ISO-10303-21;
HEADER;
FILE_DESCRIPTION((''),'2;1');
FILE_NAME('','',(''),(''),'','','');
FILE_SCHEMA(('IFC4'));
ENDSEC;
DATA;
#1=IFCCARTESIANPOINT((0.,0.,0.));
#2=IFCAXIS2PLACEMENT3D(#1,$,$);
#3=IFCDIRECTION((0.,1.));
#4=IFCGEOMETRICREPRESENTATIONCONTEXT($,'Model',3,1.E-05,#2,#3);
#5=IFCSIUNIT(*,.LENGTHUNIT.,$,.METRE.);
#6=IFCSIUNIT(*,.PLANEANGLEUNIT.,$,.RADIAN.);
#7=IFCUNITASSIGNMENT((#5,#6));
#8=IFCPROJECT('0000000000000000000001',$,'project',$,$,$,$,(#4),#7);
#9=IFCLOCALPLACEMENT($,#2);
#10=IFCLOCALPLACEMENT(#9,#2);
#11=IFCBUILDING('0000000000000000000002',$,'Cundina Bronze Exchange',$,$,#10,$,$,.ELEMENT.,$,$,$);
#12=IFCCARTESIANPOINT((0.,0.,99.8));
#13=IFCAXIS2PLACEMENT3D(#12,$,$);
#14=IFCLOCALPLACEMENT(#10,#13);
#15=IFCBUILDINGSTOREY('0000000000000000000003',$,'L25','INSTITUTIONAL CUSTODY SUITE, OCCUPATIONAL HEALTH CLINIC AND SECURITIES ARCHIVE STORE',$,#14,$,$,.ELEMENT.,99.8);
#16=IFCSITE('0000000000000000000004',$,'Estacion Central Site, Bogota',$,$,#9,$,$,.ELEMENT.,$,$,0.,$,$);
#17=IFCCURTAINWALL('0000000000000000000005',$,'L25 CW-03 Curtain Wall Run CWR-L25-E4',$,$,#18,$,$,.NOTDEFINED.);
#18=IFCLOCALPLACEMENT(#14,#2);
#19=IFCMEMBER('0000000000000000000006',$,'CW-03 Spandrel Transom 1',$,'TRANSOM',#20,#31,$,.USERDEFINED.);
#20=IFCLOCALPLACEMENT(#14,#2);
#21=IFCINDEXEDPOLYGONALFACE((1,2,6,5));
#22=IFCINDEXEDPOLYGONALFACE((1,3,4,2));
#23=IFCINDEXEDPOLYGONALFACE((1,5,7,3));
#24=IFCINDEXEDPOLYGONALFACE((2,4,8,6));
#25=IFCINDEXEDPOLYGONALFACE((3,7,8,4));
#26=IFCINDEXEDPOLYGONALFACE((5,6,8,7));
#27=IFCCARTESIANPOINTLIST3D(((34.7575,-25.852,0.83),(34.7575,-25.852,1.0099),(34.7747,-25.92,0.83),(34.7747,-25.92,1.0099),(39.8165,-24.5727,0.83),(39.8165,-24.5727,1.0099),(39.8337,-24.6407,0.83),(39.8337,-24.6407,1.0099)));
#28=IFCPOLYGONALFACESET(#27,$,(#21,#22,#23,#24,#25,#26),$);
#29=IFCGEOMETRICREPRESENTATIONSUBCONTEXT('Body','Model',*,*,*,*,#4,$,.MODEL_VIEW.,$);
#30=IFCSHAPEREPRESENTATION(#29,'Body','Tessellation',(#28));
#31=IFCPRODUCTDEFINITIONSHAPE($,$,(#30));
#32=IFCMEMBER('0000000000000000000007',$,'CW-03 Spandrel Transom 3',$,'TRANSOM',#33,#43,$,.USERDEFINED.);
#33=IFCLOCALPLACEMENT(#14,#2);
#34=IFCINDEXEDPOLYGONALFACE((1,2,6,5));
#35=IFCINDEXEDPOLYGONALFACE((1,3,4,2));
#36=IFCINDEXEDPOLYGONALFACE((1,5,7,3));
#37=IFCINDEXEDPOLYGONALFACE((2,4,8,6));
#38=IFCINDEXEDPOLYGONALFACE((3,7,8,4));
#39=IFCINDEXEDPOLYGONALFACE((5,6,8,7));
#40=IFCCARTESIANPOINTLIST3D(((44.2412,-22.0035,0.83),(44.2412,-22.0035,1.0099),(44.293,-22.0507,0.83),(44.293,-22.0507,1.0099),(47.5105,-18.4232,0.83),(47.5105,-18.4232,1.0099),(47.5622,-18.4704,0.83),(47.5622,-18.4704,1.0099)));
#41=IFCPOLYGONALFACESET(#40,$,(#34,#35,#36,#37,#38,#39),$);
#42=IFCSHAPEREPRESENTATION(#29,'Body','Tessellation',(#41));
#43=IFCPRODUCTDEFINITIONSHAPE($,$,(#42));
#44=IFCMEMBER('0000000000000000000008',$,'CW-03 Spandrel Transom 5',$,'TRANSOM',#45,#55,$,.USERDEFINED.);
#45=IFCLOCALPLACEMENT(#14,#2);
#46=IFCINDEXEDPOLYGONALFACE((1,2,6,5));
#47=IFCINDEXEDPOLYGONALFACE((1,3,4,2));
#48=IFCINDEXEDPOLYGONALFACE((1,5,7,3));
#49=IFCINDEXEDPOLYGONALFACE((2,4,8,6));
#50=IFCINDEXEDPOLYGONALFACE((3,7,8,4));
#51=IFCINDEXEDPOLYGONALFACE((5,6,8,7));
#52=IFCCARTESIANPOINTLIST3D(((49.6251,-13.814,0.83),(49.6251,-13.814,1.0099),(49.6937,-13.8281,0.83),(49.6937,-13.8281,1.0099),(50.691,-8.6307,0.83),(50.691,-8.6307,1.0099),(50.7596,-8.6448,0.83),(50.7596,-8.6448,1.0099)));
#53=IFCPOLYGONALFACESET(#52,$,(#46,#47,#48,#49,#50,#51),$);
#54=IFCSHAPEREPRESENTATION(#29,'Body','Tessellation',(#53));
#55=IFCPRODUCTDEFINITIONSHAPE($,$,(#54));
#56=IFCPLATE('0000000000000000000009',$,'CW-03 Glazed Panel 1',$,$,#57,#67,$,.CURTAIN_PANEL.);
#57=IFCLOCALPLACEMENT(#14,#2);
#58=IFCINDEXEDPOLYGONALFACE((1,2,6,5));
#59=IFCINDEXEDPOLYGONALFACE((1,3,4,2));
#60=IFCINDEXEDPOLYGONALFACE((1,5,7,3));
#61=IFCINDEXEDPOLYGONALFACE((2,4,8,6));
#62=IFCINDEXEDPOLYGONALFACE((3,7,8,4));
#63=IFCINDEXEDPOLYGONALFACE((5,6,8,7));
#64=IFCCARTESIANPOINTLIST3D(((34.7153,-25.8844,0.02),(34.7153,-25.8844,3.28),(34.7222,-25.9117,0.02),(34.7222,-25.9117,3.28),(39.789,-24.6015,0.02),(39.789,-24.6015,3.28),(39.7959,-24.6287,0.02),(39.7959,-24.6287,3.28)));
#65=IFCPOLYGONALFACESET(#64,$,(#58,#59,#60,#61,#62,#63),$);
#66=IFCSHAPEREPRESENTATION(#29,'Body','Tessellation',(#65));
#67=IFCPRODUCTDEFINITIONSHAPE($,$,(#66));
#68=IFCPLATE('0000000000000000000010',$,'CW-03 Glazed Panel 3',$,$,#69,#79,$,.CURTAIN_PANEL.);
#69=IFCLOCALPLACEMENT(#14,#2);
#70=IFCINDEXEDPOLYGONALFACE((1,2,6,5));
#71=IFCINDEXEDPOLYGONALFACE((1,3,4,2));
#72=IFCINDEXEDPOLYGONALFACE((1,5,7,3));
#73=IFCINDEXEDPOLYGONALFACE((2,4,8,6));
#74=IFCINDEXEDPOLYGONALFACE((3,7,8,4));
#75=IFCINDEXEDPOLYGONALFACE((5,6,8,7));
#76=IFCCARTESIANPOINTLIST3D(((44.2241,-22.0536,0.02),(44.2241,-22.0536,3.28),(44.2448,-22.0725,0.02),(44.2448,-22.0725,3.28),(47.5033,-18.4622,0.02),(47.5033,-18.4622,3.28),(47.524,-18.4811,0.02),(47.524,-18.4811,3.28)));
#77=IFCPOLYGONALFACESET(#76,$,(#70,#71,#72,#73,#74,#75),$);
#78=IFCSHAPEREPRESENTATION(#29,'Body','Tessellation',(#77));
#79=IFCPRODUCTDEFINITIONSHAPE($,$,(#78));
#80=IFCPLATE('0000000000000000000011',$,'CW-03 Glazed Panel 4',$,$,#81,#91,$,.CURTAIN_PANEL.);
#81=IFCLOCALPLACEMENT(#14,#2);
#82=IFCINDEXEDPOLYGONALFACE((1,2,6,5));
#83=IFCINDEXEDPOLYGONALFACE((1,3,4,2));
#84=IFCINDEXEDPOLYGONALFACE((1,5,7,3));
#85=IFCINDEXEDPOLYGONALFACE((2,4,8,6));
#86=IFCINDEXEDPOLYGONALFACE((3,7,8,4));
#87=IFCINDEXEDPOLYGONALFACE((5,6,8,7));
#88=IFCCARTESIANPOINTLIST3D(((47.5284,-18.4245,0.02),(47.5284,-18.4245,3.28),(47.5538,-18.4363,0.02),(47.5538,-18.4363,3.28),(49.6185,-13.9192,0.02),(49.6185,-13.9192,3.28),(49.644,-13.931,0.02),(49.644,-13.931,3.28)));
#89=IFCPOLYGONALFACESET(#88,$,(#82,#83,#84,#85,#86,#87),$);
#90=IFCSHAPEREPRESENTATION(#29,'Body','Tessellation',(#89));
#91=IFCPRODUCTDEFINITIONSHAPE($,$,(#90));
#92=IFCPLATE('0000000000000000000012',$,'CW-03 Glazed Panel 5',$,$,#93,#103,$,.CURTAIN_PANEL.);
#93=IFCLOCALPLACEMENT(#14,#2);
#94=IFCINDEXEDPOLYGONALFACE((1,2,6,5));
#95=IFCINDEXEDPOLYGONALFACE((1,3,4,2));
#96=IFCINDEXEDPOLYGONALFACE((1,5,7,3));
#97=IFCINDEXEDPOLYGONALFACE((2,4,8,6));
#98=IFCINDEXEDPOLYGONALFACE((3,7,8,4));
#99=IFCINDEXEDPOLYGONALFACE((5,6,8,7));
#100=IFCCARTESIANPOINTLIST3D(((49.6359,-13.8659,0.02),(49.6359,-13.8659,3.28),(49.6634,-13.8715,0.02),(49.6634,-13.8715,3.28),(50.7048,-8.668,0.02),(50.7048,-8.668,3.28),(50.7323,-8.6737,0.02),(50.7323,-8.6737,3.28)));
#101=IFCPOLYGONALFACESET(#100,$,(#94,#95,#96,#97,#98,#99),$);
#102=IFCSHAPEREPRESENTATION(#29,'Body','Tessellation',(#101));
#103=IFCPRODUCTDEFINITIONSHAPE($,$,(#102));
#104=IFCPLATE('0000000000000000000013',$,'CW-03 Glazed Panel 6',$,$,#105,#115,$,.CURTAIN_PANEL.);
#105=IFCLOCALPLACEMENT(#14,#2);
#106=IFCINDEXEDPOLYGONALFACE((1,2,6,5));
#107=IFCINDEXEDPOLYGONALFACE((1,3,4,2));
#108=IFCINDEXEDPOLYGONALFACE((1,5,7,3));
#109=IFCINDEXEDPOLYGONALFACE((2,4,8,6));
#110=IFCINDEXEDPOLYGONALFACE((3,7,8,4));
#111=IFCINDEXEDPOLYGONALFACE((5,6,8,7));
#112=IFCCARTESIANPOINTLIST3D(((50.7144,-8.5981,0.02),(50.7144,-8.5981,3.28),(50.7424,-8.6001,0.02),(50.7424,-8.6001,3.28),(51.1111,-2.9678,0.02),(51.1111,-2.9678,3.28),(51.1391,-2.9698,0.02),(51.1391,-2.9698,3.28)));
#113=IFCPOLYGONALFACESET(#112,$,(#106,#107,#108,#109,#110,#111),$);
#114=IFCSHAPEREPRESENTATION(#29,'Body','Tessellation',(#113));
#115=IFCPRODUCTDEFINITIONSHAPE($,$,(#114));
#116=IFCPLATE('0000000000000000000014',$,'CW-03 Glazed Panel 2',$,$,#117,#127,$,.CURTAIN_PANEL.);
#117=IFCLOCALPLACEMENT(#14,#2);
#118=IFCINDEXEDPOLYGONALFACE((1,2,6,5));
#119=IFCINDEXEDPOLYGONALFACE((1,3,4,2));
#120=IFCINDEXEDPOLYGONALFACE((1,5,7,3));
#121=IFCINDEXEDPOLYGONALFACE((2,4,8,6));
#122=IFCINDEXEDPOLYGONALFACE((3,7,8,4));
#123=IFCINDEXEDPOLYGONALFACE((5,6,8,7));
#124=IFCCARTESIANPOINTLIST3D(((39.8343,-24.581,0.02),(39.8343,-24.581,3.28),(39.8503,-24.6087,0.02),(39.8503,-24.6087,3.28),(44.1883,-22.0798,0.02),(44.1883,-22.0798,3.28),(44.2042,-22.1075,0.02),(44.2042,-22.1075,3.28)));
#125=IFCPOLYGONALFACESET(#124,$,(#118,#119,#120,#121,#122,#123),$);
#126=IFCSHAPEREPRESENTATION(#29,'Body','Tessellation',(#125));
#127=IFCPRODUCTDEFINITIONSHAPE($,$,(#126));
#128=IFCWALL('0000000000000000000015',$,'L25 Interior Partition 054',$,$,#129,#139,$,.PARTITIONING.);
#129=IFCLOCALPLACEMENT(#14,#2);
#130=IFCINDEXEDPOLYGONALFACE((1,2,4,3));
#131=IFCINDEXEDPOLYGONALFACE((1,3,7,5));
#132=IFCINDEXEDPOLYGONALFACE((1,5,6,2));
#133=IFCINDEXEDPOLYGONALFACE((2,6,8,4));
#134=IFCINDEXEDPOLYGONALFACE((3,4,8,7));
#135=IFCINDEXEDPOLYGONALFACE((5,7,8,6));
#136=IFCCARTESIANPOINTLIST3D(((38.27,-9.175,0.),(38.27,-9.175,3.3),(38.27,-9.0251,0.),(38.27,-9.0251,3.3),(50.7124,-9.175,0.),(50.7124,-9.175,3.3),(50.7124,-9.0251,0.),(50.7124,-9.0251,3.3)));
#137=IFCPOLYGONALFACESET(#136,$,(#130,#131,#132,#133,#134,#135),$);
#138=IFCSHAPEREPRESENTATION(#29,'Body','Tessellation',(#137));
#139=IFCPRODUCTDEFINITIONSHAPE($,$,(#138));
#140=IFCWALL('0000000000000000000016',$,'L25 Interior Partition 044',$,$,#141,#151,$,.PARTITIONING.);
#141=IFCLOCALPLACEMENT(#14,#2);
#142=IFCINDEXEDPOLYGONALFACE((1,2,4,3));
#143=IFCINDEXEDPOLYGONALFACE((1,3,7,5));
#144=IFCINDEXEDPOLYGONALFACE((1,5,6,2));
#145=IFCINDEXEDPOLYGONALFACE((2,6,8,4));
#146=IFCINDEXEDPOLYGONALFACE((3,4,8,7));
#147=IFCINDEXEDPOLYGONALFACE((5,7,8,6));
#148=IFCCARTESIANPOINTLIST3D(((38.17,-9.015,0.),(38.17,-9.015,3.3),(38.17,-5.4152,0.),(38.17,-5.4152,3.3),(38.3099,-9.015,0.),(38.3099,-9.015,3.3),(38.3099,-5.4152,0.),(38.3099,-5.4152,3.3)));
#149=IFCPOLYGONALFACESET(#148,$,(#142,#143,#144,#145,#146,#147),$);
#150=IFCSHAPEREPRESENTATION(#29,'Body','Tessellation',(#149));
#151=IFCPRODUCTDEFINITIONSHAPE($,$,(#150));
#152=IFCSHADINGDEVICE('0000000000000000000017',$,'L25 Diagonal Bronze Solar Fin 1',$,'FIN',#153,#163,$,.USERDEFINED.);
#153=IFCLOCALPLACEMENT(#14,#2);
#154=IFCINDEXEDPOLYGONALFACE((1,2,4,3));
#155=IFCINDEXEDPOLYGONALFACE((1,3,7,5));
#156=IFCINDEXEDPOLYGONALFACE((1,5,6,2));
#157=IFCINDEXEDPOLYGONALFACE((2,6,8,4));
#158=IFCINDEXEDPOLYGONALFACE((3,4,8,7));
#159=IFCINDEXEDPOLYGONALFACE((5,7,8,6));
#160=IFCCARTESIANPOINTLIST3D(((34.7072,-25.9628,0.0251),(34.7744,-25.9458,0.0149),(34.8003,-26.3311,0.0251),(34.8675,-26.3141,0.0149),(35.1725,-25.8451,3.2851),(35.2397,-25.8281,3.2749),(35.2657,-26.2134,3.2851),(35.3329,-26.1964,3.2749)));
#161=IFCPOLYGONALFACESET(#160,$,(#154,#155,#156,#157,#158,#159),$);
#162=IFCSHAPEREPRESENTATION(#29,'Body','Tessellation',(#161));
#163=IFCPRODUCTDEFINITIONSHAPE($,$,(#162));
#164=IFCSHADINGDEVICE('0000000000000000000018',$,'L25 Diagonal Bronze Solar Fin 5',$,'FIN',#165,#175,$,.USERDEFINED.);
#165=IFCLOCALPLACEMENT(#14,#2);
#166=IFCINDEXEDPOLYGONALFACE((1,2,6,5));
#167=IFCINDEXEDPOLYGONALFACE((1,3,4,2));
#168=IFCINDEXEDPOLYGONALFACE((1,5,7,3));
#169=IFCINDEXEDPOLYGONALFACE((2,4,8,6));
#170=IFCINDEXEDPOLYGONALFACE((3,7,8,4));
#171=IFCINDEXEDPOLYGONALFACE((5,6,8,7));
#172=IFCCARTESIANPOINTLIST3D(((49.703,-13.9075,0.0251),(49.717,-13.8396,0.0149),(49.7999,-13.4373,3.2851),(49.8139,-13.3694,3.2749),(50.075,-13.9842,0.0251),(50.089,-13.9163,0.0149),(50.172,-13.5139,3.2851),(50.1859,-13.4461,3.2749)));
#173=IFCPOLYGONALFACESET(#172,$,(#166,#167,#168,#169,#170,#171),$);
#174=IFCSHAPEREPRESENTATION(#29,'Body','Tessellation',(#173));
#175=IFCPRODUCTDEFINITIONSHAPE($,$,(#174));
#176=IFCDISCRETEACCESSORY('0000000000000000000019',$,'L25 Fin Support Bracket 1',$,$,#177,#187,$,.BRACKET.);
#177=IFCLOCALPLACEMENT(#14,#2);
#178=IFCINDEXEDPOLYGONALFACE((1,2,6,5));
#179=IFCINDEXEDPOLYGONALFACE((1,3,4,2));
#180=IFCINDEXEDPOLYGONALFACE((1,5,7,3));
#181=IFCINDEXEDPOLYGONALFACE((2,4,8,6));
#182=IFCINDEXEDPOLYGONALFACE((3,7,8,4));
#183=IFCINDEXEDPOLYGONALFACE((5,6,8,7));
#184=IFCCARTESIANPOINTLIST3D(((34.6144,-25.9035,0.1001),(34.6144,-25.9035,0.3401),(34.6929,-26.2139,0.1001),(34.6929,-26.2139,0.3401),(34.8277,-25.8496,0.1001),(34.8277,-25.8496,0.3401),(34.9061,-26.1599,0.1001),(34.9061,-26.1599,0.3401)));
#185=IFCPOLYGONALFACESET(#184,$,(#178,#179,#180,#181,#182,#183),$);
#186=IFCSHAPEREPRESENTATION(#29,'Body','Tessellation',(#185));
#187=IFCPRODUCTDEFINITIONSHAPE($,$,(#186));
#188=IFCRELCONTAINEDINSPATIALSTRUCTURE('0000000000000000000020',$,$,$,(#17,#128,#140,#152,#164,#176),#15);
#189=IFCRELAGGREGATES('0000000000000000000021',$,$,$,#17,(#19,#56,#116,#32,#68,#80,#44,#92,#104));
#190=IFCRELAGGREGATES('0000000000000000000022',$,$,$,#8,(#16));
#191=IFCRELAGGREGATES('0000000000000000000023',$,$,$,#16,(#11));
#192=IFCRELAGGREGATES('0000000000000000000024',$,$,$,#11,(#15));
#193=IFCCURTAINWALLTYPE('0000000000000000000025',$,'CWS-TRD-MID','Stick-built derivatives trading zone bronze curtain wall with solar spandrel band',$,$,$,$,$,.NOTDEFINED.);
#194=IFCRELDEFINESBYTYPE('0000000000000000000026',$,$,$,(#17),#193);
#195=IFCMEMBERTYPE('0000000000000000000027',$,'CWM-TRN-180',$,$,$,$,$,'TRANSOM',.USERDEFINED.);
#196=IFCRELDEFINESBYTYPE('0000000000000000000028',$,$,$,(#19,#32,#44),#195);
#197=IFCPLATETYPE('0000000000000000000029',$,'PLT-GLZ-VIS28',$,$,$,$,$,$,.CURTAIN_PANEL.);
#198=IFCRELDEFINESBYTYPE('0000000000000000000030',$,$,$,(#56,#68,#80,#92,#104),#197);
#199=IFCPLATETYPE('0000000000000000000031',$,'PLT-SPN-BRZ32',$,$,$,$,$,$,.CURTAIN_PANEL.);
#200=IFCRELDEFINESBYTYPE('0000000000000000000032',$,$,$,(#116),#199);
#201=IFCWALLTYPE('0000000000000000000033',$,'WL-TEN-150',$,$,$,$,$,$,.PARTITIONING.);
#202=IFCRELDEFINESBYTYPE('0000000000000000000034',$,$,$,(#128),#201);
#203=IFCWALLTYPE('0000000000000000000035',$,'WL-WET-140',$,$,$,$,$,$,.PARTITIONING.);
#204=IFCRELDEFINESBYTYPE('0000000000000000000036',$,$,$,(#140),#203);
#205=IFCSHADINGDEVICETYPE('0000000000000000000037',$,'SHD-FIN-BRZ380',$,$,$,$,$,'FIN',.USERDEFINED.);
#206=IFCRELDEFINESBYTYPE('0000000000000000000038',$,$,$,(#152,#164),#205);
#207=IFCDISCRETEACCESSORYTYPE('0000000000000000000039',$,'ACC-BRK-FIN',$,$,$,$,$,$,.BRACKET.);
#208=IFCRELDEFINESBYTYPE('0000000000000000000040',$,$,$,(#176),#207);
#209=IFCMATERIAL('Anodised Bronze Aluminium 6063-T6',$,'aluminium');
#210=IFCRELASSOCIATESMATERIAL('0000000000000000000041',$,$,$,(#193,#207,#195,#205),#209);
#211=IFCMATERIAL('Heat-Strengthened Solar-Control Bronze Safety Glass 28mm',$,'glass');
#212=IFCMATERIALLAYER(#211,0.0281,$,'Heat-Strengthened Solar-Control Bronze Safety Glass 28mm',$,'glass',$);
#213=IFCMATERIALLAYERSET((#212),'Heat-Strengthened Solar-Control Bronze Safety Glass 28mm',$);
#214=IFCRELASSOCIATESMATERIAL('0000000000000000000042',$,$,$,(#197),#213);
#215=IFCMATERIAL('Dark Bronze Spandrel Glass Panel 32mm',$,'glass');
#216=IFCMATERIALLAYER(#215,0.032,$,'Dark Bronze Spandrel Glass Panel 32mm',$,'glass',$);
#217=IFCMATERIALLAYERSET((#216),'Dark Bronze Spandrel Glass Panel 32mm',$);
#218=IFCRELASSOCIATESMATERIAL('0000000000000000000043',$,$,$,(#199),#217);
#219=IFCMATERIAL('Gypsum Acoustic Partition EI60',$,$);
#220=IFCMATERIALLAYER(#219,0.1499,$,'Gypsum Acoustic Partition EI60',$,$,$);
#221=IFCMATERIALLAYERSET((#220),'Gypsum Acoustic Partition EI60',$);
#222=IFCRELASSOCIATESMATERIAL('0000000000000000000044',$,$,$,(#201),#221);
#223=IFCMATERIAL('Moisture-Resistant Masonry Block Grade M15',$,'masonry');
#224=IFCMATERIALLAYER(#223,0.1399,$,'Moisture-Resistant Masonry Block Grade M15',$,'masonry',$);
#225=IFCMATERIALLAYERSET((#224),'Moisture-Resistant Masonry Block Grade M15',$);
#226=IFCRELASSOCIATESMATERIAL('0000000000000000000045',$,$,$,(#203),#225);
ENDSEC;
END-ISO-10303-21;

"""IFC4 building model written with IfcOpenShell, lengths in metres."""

from ifc_helpers import new_model, si_unit, direction, frame, frame_2d, origin, origin_2d, place, context, subcontext, project, spatial, rectangle, extrude, material, layer, layer_set, material_profile, profile_set, type_object, element, aggregate, save


model = new_model("IFC4")

# Units and contexts
model_context = context("Model", 3, precision=1e-05, world=origin(), true_north=direction((0.0, 1.0)))
body_context = subcontext(model_context, "Body", "Model", "MODEL_VIEW")
ifc_project = project(units=[si_unit("LENGTHUNIT", "METRE"), si_unit("PLANEANGLEUNIT", "RADIAN")], contexts=[model_context])

# Site, building, storey
site_placement = place(None, origin())
site = spatial("IfcSite", under=ifc_project, at=site_placement, Name="Estacion Central Site, Bogota", CompositionType="ELEMENT", RefElevation=0.0)
building_placement = place(site_placement, origin())
building = spatial("IfcBuilding", under=site, at=building_placement, Name="Cundina Bronze Exchange", CompositionType="ELEMENT")
storey_placement = place(building_placement, frame((0.0, 0.0, 99.8)))
storey = spatial("IfcBuildingStorey", under=building, at=storey_placement, Name="L25", Description="INSTITUTIONAL CUSTODY SUITE, OCCUPATIONAL HEALTH CLINIC AND SECURITIES ARCHIVE STORE", CompositionType="ELEMENT", Elevation=99.8)

# Shared definitions
ifc_material_1 = material(Name="Anodised Bronze Aluminium 6063-T6", Category="aluminium")
curtain_wall_type = type_object("IfcCurtainWallType", Name="CWS-TRD-MID", Description="Stick-built derivatives trading zone bronze curtain wall with solar spandrel band", PredefinedType="NOTDEFINED", material=ifc_material_1)

# Curtain wall, members, plates
curtain_wall_1_placement = place(storey_placement, origin())
curtain_wall_1 = element("IfcCurtainWall", 1, at=curtain_wall_1_placement, inside=storey, type_object=curtain_wall_type, Name="L25 CW-03 Curtain Wall Run CWR-L25-E4", PredefinedType="NOTDEFINED")
ifc_material_profile_1 = material_profile(ifc_material_1, rectangle(XDim=0.0701, YDim=0.1799, at=origin_2d()), Name="AL70X180", Category="aluminium")
ifc_profile_set_1 = profile_set([ifc_material_profile_1], Name="Anodised Bronze Aluminium 6063-T6")
member_type_1 = type_object("IfcMemberType", Name="CWM-TRN-180", ElementType="TRANSOM", PredefinedType="USERDEFINED", material=ifc_profile_set_1)
member_1_placement = place(storey_placement, frame((34.7661, -25.886, 0.9199), z_axis=(0.969484, 0.245155, 0.0), x_axis=(-0.245155, 0.969484, 0.0)))
member_1 = element("IfcMember", 2, at=member_1_placement, type_object=member_type_1, Name="CW-03 Spandrel Transom 1", ObjectType="TRANSOM", PredefinedType="USERDEFINED", context=body_context, shape_type="SweptSolid", body=[
    extrude(rectangle(XDim=0.0701, YDim=0.1799, at=origin_2d()), origin(), (0.0, 0.0, 1.0), 5.2183),
])
member_2_placement = place(storey_placement, frame((44.2671, -22.0271, 0.9199), z_axis=(0.674303, 0.738455, 0.0), x_axis=(-0.738455, 0.674303, 0.0)))
member_2 = element("IfcMember", 3, at=member_2_placement, type_object=member_type_1, Name="CW-03 Spandrel Transom 3", ObjectType="TRANSOM", PredefinedType="USERDEFINED", context=body_context, shape_type="SweptSolid", body=[
    extrude(rectangle(XDim=0.0701, YDim=0.1799, at=origin_2d()), origin(), (0.0, 0.0, 1.0), 4.8484),
])
member_3_placement = place(storey_placement, frame((49.6594, -13.821, 0.9199), z_axis=(0.201428, 0.979503, 0.0), x_axis=(-0.979503, 0.201428, 0.0)))
member_3 = element("IfcMember", 4, at=member_3_placement, type_object=member_type_1, Name="CW-03 Spandrel Transom 5", ObjectType="TRANSOM", PredefinedType="USERDEFINED", context=body_context, shape_type="SweptSolid", body=[
    extrude(rectangle(XDim=0.0701, YDim=0.1799, at=origin_2d()), origin(), (0.0, 0.0, 1.0), 5.2917),
])
ifc_material_2 = material(Name="Heat-Strengthened Solar-Control Bronze Safety Glass 28mm", Category="glass")
ifc_layer_1 = layer(ifc_material_2, 0.0281, Name="Heat-Strengthened Solar-Control Bronze Safety Glass 28mm", Category="glass")
ifc_layer_set_1 = layer_set([ifc_layer_1], Name="Heat-Strengthened Solar-Control Bronze Safety Glass 28mm")
plate_type_1 = type_object("IfcPlateType", Name="PLT-GLZ-VIS28", PredefinedType="CURTAIN_PANEL", material=ifc_layer_set_1)
plate_1_placement = place(storey_placement, frame((37.2556, -25.2566, 0.02), z_axis=(0.0, 0.0, 1.0), x_axis=(0.969488, 0.245138, 0.0)))
plate_1 = element("IfcPlate", 5, at=plate_1_placement, type_object=plate_type_1, Name="CW-03 Glazed Panel 1", PredefinedType="CURTAIN_PANEL", context=body_context, shape_type="SweptSolid", body=[
    extrude(rectangle(XDim=5.2334, YDim=0.0281, at=origin_2d()), origin(), (0.0, 0.0, 1.0), 3.26),
])
plate_2_placement = place(storey_placement, frame((45.874, -20.2673, 0.02), z_axis=(0.0, 0.0, 1.0), x_axis=(0.674277, 0.738479, 0.0)))
plate_2 = element("IfcPlate", 6, at=plate_2_placement, type_object=plate_type_1, Name="CW-03 Glazed Panel 3", PredefinedType="CURTAIN_PANEL", context=body_context, shape_type="SweptSolid", body=[
    extrude(rectangle(XDim=4.8633, YDim=0.0281, at=origin_2d()), origin(), (0.0, 0.0, 1.0), 3.26),
])
plate_3_placement = place(storey_placement, frame((48.5862, -16.1777, 0.02), z_axis=(0.0, 0.0, 1.0), x_axis=(0.420846, 0.907132, 0.0)))
plate_3 = element("IfcPlate", 7, at=plate_3_placement, type_object=plate_type_1, Name="CW-03 Glazed Panel 4", PredefinedType="CURTAIN_PANEL", context=body_context, shape_type="SweptSolid", body=[
    extrude(rectangle(XDim=4.9666, YDim=0.0281, at=origin_2d()), origin(), (0.0, 0.0, 1.0), 3.26),
])
plate_4_placement = place(storey_placement, frame((50.1841, -11.2698, 0.02), z_axis=(0.0, 0.0, 1.0), x_axis=(0.20142, 0.979505, 0.0)))
plate_4 = element("IfcPlate", 8, at=plate_4_placement, type_object=plate_type_1, Name="CW-03 Glazed Panel 5", PredefinedType="CURTAIN_PANEL", context=body_context, shape_type="SweptSolid", body=[
    extrude(rectangle(XDim=5.3066, YDim=0.0281, at=origin_2d()), origin(), (0.0, 0.0, 1.0), 3.26),
])
plate_5_placement = place(storey_placement, frame((50.9268, -5.7839, 0.02), z_axis=(0.0, 0.0, 1.0), x_axis=(0.070279, 0.997527, 0.0)))
plate_5 = element("IfcPlate", 9, at=plate_5_placement, type_object=plate_type_1, Name="CW-03 Glazed Panel 6", PredefinedType="CURTAIN_PANEL", context=body_context, shape_type="SweptSolid", body=[
    extrude(rectangle(XDim=5.6443, YDim=0.0281, at=origin_2d()), origin(), (0.0, 0.0, 1.0), 3.26),
])
ifc_material_3 = material(Name="Dark Bronze Spandrel Glass Panel 32mm", Category="glass")
ifc_layer_2 = layer(ifc_material_3, 0.032, Name="Dark Bronze Spandrel Glass Panel 32mm", Category="glass")
ifc_layer_set_2 = layer_set([ifc_layer_2], Name="Dark Bronze Spandrel Glass Panel 32mm")
plate_type_2 = type_object("IfcPlateType", Name="PLT-SPN-BRZ32", PredefinedType="CURTAIN_PANEL", material=ifc_layer_set_2)
plate_6_placement = place(storey_placement, frame((42.0193, -23.3442, 0.02), z_axis=(0.0, 0.0, 1.0), x_axis=(0.867105, 0.498125, 0.0)))
plate_6 = element("IfcPlate", 10, at=plate_6_placement, type_object=plate_type_2, Name="CW-03 Glazed Panel 2", PredefinedType="CURTAIN_PANEL", context=body_context, shape_type="SweptSolid", body=[
    extrude(rectangle(XDim=5.0212, YDim=0.032, at=origin_2d()), origin(), (0.0, 0.0, 1.0), 3.26),
])
aggregate(curtain_wall_1, [member_1, plate_1, plate_6, member_2, plate_2, plate_3, member_3, plate_4, plate_5])

# Walls
ifc_material_4 = material(Name="Gypsum Acoustic Partition EI60")
ifc_layer_3 = layer(ifc_material_4, 0.1499, Name="Gypsum Acoustic Partition EI60")
ifc_layer_set_3 = layer_set([ifc_layer_3], Name="Gypsum Acoustic Partition EI60")
wall_type_1 = type_object("IfcWallType", Name="WL-TEN-150", PredefinedType="PARTITIONING", material=ifc_layer_set_3)
wall_1_placement = place(storey_placement, frame((38.27, -9.1001, 0.0), z_axis=(0.0, 0.0, 1.0), x_axis=(1.0, 0.0, 0.0)))
element("IfcWall", 11, at=wall_1_placement, inside=storey, type_object=wall_type_1, Name="L25 Interior Partition 054", PredefinedType="PARTITIONING", context=body_context, shape_type="SweptSolid", body=[
    extrude(rectangle(XDim=12.4424, YDim=0.1499, at=frame_2d((6.2212, 0.0))), origin(), (0.0, 0.0, 1.0), 3.3),
])
ifc_material_5 = material(Name="Moisture-Resistant Masonry Block Grade M15", Category="masonry")
ifc_layer_4 = layer(ifc_material_5, 0.1399, Name="Moisture-Resistant Masonry Block Grade M15", Category="masonry")
ifc_layer_set_4 = layer_set([ifc_layer_4], Name="Moisture-Resistant Masonry Block Grade M15")
wall_type_2 = type_object("IfcWallType", Name="WL-WET-140", PredefinedType="PARTITIONING", material=ifc_layer_set_4)
wall_2_placement = place(storey_placement, frame((38.24, -9.0149, 0.0), z_axis=(0.0, 0.0, 1.0), x_axis=(0.0, 1.0, 0.0)))
element("IfcWall", 12, at=wall_2_placement, inside=storey, type_object=wall_type_2, Name="L25 Interior Partition 044", PredefinedType="PARTITIONING", context=body_context, shape_type="SweptSolid", body=[
    extrude(rectangle(XDim=3.5999, YDim=0.1399, at=frame_2d((1.7998, 0.0))), origin(), (0.0, 0.0, 1.0), 3.3),
])

# Shading devices
ifc_material_profile_2 = material_profile(ifc_material_1, rectangle(XDim=0.0701, YDim=0.3799, at=origin_2d()), Name="FIN70X380", Category="aluminium")
ifc_profile_set_2 = profile_set([ifc_material_profile_2], Name="Anodised Bronze Aluminium 6063-T6")
shading_device_type = type_object("IfcShadingDeviceType", Name="SHD-FIN-BRZ380", ElementType="FIN", PredefinedType="USERDEFINED", material=ifc_profile_set_2)
for number, where, z_axis, x_axis, name in (
    (13, (34.7874, -26.1384, 0.02), (0.141217, 0.035712, 0.989334), (-0.959141, -0.242553, 0.145663), "L25 Diagonal Bronze Solar Fin 1"),
    (14, (49.896, -13.9119, 0.02), (0.029414, 0.142698, 0.989329), (-0.199728, -0.968959, 0.145698), "L25 Diagonal Bronze Solar Fin 5"),
):
    element("IfcShadingDevice", number, at=place(storey_placement, frame(where, z_axis=z_axis, x_axis=x_axis)), inside=storey, type_object=shading_device_type, Name=name, ObjectType="FIN", PredefinedType="USERDEFINED", context=body_context, shape_type="SweptSolid", body=[
        extrude(rectangle(XDim=0.0701, YDim=0.3799, at=origin_2d()), origin(), (0.0, 0.0, 1.0), 3.2952),
    ])

# Discrete accessory
discrete_accessory_type = type_object("IfcDiscreteAccessoryType", Name="ACC-BRK-FIN", PredefinedType="BRACKET", material=ifc_material_1)
for number, where, z_axis, x_axis, name in (
    (15, (34.7603, -26.0317, 0.1001), (0.0, 0.0, 1.0), (0.969488, 0.245138, 0.0), "L25 Fin Support Bracket 1"),
):
    element("IfcDiscreteAccessory", number, at=place(storey_placement, frame(where, z_axis=z_axis, x_axis=x_axis)), inside=storey, type_object=discrete_accessory_type, Name=name, PredefinedType="BRACKET", context=body_context, shape_type="SweptSolid", body=[
        extrude(rectangle(XDim=0.22, YDim=0.3201, at=origin_2d()), origin(), (0.0, 0.0, 1.0), 0.24),
    ])

save(model, "model.ifc")
